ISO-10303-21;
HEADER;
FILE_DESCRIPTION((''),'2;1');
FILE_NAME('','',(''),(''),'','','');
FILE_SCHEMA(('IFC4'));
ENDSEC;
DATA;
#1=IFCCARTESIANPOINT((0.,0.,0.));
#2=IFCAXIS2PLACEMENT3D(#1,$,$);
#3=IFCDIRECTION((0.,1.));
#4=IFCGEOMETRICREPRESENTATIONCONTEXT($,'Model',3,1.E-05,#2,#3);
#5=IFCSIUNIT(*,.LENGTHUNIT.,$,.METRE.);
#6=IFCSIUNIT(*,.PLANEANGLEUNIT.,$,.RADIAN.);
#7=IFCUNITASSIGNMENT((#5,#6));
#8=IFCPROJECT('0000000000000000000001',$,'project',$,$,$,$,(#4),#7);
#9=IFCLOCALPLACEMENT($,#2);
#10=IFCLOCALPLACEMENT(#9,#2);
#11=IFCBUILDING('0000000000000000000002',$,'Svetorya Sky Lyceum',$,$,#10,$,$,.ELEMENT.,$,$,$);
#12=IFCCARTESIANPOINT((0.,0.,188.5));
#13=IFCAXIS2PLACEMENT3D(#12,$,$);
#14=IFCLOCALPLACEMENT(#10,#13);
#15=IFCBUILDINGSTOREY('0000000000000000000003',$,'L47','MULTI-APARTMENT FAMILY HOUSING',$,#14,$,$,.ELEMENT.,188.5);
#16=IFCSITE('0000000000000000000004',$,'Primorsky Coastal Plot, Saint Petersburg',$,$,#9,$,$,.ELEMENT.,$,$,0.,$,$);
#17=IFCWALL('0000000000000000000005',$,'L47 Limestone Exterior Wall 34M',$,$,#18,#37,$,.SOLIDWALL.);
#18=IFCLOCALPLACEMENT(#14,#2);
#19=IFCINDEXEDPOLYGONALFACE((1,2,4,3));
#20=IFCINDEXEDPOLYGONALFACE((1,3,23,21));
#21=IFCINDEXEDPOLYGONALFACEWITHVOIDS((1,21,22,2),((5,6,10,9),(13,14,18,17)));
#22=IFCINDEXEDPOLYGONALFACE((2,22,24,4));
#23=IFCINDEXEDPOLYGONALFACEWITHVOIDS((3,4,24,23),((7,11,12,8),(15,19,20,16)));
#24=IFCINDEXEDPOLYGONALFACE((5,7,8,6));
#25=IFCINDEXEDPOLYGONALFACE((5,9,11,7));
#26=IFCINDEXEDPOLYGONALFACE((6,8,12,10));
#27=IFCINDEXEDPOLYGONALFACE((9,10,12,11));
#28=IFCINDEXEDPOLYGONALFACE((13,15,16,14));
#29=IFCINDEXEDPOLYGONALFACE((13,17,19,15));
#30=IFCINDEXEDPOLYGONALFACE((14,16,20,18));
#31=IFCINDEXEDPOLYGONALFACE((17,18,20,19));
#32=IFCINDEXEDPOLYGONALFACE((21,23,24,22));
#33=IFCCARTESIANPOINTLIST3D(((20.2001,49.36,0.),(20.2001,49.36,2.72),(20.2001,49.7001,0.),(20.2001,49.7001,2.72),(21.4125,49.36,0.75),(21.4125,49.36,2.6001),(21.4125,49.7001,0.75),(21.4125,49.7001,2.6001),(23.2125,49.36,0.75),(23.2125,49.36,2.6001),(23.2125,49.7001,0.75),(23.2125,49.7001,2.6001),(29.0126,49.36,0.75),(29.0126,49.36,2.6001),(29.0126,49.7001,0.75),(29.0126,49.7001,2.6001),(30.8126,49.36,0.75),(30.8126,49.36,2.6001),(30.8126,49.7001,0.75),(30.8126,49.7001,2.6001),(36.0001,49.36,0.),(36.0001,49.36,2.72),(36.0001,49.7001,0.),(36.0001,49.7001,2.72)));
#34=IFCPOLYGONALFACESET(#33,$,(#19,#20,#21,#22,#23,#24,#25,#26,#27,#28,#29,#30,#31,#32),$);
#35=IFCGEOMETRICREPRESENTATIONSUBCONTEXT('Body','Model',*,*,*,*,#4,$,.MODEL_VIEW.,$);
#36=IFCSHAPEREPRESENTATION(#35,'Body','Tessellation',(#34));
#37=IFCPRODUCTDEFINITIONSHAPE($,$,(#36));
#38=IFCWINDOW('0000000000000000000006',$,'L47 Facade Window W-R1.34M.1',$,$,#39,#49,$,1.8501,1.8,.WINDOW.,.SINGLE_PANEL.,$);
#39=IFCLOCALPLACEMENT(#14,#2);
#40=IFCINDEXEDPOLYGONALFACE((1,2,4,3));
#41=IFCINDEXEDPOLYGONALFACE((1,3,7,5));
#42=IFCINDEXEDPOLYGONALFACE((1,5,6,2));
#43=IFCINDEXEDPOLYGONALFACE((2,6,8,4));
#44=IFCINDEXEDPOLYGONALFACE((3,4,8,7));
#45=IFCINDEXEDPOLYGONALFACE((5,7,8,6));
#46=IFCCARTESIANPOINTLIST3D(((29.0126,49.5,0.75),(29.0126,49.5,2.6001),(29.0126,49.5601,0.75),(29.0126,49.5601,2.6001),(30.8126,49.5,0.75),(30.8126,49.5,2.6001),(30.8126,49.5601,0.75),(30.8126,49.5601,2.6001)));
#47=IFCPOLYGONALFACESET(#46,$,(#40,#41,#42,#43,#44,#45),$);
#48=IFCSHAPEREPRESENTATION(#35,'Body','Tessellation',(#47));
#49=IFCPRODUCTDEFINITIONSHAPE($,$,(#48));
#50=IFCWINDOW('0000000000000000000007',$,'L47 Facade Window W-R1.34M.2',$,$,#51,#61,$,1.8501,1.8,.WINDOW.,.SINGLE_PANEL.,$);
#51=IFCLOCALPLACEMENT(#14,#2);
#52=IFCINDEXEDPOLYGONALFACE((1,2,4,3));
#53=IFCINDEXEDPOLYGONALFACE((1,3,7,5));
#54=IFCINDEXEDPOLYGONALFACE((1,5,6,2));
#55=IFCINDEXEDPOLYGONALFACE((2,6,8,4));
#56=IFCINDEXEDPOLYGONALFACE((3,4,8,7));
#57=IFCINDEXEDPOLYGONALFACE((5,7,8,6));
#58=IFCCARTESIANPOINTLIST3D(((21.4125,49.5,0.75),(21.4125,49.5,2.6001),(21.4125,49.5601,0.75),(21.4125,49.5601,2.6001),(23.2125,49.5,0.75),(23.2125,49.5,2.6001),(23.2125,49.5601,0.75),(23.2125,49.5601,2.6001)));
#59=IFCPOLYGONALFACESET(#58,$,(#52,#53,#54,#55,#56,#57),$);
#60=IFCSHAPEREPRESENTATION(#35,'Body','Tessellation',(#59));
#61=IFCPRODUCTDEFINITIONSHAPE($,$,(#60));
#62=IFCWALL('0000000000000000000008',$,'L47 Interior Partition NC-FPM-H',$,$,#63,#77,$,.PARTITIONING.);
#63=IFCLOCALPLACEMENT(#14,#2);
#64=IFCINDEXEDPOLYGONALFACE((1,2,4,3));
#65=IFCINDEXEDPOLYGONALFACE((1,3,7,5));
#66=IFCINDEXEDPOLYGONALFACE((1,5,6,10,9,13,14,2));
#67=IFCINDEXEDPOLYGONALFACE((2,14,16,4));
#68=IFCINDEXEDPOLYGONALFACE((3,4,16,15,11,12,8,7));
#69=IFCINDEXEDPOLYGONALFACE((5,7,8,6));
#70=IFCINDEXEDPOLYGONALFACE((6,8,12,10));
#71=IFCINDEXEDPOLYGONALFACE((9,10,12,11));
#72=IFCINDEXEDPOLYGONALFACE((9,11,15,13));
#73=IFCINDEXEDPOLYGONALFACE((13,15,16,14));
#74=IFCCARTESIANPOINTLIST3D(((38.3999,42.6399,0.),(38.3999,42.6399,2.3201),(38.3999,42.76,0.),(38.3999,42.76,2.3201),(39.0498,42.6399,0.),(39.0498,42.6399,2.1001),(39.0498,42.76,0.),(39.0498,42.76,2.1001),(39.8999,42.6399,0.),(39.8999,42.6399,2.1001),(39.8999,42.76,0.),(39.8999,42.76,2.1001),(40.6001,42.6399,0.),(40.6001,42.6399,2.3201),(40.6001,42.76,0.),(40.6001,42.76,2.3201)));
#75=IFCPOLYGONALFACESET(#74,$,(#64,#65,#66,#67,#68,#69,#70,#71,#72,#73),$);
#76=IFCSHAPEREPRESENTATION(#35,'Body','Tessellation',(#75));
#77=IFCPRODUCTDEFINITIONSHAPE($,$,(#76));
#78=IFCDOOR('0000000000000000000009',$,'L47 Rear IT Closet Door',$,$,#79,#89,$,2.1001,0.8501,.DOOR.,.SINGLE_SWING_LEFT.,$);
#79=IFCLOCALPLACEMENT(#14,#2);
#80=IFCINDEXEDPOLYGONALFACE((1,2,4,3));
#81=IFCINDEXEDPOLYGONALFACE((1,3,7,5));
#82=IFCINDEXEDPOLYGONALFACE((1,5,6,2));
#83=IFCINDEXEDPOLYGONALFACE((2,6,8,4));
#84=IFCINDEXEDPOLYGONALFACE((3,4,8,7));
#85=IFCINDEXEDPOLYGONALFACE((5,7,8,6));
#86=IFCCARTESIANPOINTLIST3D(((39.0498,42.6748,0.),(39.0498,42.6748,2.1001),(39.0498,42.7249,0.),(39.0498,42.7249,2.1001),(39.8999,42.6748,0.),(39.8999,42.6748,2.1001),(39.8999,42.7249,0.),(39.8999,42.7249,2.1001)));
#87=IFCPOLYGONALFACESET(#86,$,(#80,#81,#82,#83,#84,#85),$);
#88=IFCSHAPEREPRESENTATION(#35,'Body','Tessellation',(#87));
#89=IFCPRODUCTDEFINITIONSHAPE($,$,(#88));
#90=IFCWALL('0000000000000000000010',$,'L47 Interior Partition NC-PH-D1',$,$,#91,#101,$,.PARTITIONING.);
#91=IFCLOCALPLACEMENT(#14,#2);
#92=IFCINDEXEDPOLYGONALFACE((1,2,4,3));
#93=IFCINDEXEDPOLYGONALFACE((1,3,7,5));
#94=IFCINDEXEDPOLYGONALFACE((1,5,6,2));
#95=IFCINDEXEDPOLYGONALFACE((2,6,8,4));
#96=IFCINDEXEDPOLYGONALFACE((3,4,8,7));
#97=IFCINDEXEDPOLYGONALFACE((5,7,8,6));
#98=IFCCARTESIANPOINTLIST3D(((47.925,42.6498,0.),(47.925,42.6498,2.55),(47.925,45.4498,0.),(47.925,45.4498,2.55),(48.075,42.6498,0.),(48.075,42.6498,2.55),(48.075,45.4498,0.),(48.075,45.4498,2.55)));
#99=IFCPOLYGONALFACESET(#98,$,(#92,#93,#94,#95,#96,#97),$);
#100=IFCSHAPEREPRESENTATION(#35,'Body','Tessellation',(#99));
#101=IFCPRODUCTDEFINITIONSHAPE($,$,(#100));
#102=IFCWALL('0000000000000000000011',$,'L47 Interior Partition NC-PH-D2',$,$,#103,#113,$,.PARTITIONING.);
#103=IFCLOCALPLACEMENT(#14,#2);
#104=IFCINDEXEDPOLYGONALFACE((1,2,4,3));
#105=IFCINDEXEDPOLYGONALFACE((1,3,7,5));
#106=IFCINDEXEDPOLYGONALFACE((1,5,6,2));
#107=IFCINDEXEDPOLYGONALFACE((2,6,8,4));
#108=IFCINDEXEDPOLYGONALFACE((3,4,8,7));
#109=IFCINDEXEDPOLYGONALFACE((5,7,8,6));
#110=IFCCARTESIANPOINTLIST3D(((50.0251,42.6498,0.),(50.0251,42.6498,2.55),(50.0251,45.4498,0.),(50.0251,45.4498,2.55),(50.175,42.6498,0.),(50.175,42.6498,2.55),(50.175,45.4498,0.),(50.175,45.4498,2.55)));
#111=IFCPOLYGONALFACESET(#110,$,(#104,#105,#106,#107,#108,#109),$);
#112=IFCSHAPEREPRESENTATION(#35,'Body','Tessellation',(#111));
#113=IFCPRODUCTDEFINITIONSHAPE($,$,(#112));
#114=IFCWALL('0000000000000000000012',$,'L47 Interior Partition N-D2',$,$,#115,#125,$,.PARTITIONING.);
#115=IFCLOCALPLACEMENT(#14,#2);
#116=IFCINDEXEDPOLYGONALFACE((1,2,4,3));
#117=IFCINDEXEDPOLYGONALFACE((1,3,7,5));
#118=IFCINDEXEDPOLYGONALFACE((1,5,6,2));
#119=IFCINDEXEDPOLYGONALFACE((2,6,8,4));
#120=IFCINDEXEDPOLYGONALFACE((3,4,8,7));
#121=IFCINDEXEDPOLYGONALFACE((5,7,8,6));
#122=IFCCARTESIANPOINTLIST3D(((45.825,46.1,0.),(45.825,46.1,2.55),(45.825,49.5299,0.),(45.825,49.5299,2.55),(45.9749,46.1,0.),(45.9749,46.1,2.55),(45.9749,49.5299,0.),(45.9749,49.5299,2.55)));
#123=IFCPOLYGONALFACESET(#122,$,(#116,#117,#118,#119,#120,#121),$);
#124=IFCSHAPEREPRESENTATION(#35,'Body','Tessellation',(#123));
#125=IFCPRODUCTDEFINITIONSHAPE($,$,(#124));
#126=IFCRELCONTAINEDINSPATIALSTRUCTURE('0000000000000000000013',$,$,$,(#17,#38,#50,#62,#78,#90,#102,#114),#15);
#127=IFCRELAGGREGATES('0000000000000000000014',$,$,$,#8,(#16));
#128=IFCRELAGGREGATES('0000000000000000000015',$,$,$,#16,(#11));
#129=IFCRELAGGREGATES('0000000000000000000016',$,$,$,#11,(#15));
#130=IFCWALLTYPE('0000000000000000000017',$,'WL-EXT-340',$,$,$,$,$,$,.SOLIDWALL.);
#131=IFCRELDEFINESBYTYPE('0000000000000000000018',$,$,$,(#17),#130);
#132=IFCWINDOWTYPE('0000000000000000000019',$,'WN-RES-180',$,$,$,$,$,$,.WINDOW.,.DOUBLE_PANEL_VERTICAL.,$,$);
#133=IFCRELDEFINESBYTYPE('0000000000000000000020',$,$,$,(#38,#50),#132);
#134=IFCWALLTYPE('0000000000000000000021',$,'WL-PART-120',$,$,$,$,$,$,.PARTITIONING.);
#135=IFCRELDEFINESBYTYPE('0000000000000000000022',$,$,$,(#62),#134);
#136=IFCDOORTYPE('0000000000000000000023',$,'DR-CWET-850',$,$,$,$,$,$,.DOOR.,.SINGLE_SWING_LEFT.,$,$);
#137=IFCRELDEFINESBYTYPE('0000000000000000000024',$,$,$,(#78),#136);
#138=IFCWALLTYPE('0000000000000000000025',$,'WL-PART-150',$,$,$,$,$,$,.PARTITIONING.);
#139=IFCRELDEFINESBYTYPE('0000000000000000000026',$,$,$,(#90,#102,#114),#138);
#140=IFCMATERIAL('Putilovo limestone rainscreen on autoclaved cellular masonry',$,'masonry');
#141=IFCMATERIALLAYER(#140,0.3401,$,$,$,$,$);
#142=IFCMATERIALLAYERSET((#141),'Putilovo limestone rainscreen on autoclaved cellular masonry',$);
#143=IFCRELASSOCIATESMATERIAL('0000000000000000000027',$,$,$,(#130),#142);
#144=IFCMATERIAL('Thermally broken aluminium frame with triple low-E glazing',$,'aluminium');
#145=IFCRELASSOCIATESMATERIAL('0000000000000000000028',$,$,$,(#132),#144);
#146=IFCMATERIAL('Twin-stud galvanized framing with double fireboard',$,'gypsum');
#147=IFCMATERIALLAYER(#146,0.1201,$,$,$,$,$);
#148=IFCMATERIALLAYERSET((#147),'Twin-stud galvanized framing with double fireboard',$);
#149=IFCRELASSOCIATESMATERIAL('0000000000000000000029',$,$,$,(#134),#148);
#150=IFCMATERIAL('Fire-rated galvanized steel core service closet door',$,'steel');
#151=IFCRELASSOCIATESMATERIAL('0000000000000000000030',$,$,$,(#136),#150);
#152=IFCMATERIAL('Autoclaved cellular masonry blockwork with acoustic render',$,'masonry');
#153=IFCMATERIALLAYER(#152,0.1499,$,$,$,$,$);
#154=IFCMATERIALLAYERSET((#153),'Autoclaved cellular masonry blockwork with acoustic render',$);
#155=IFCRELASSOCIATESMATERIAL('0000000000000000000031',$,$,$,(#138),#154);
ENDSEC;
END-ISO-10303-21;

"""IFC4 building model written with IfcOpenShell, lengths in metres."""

from ifc_helpers import new_model, si_unit, direction, frame, frame_2d, origin, place, context, subcontext, project, spatial, rectangle, extrude, material, layer, layer_set, type_object, element, fill, save


model = new_model("IFC4")

# Units and contexts
model_context = context("Model", 3, precision=1e-05, world=origin(), true_north=direction((0.0, 1.0)))
body_context = subcontext(model_context, "Body", "Model", "MODEL_VIEW")
ifc_project = project(units=[si_unit("LENGTHUNIT", "METRE"), si_unit("PLANEANGLEUNIT", "RADIAN")], contexts=[model_context])

# Site, building, storey
site_placement = place(None, origin())
site = spatial("IfcSite", under=ifc_project, at=site_placement, Name="Primorsky Coastal Plot, Saint Petersburg", CompositionType="ELEMENT", RefElevation=0.0)
building_placement = place(site_placement, origin())
building = spatial("IfcBuilding", under=site, at=building_placement, Name="Svetorya Sky Lyceum", CompositionType="ELEMENT")
storey_placement = place(building_placement, frame((0.0, 0.0, 188.5)))
storey = spatial("IfcBuildingStorey", under=building, at=storey_placement, Name="L47", Description="MULTI-APARTMENT FAMILY HOUSING", CompositionType="ELEMENT", Elevation=188.5)

# Shared definitions
ifc_material_1 = material(Name="Putilovo limestone rainscreen on autoclaved cellular masonry", Category="masonry")
ifc_layer_1 = layer(ifc_material_1, 0.3401)
ifc_layer_set_1 = layer_set([ifc_layer_1], Name="Putilovo limestone rainscreen on autoclaved cellular masonry")
wall_type_1 = type_object("IfcWallType", Name="WL-EXT-340", PredefinedType="SOLIDWALL", material=ifc_layer_set_1)

# Wall, openings, windows
wall_1_placement = place(storey_placement, frame((36.0, 49.53, 0.0), z_axis=(0.0, 0.0, 1.0), x_axis=(-1.0, 0.0, 0.0)))
wall_1 = element("IfcWall", 1, at=wall_1_placement, inside=storey, type_object=wall_type_1, Name="L47 Limestone Exterior Wall 34M", PredefinedType="SOLIDWALL", context=body_context, shape_type="SweptSolid", body=[
    extrude(rectangle(XDim=15.8, YDim=0.3401, at=frame_2d((7.8999, 0.0))), origin(), (0.0, 0.0, 1.0), 2.72),
])
opening_1_placement = place(wall_1_placement, frame((5.1875, 0.0, 0.75)))
opening_1 = element("IfcOpeningElement", 2, at=opening_1_placement, cuts=wall_1, PredefinedType="OPENING", context=body_context, shape_type="SweptSolid", body=[
    extrude(rectangle(XDim=1.8, YDim=1.8501, at=frame_2d((0.8999, 0.925))), frame((0.0, 0.1799, 0.0), z_axis=(0.0, -1.0, 0.0), x_axis=(1.0, 0.0, 0.0)), (0.0, 0.0, 1.0), 0.3601),
])
opening_2_placement = place(wall_1_placement, frame((12.7876, 0.0, 0.75)))
opening_2 = element("IfcOpeningElement", 3, at=opening_2_placement, cuts=wall_1, PredefinedType="OPENING", context=body_context, shape_type="SweptSolid", body=[
    extrude(rectangle(XDim=1.8, YDim=1.8501, at=frame_2d((0.8999, 0.925))), frame((0.0, 0.1799, 0.0), z_axis=(0.0, -1.0, 0.0), x_axis=(1.0, 0.0, 0.0)), (0.0, 0.0, 1.0), 0.3601),
])
ifc_material_2 = material(Name="Thermally broken aluminium frame with triple low-E glazing", Category="aluminium")
window_type = type_object("IfcWindowType", Name="WN-RES-180", PartitioningType="DOUBLE_PANEL_VERTICAL", PredefinedType="WINDOW", material=ifc_material_2)
window_1_placement = place(opening_1_placement, origin())
window_1 = element("IfcWindow", 4, at=window_1_placement, inside=storey, type_object=window_type, Name="L47 Facade Window W-R1.34M.1", OverallHeight=1.8501, OverallWidth=1.8, PartitioningType="SINGLE_PANEL", PredefinedType="WINDOW", context=body_context, shape_type="SweptSolid", body=[
    extrude(rectangle(XDim=1.8, YDim=1.8501, at=frame_2d((0.8999, 0.925))), frame((0.0, 0.03, 0.0), z_axis=(0.0, -1.0, 0.0), x_axis=(1.0, 0.0, 0.0)), (0.0, 0.0, 1.0), 0.0601),
])
fill(opening_1, window_1)
window_2_placement = place(opening_2_placement, origin())
window_2 = element("IfcWindow", 5, at=window_2_placement, inside=storey, type_object=window_type, Name="L47 Facade Window W-R1.34M.2", OverallHeight=1.8501, OverallWidth=1.8, PartitioningType="SINGLE_PANEL", PredefinedType="WINDOW", context=body_context, shape_type="SweptSolid", body=[
    extrude(rectangle(XDim=1.8, YDim=1.8501, at=frame_2d((0.8999, 0.925))), frame((0.0, 0.03, 0.0), z_axis=(0.0, -1.0, 0.0), x_axis=(1.0, 0.0, 0.0)), (0.0, 0.0, 1.0), 0.0601),
])
fill(opening_2, window_2)

# Wall, opening, door
ifc_material_3 = material(Name="Twin-stud galvanized framing with double fireboard", Category="gypsum")
ifc_layer_2 = layer(ifc_material_3, 0.1201)
ifc_layer_set_2 = layer_set([ifc_layer_2], Name="Twin-stud galvanized framing with double fireboard")
wall_type_2 = type_object("IfcWallType", Name="WL-PART-120", PredefinedType="PARTITIONING", material=ifc_layer_set_2)
wall_2_placement = place(storey_placement, frame((38.3999, 42.7, 0.0), z_axis=(0.0, 0.0, 1.0), x_axis=(1.0, 0.0, 0.0)))
wall_2 = element("IfcWall", 6, at=wall_2_placement, inside=storey, type_object=wall_type_2, Name="L47 Interior Partition NC-FPM-H", PredefinedType="PARTITIONING", context=body_context, shape_type="SweptSolid", body=[
    extrude(rectangle(XDim=2.2002, YDim=0.1201, at=frame_2d((1.1001, 0.0))), origin(), (0.0, 0.0, 1.0), 2.3201),
])
opening_3_placement = place(wall_2_placement, frame((0.6499, 0.0, 0.0)))
opening_3 = element("IfcOpeningElement", 7, at=opening_3_placement, cuts=wall_2, PredefinedType="OPENING", context=body_context, shape_type="SweptSolid", body=[
    extrude(rectangle(XDim=0.8501, YDim=2.1001, at=frame_2d((0.425, 1.05))), frame((0.0, 0.0701, 0.0), z_axis=(0.0, -1.0, 0.0), x_axis=(1.0, 0.0, 0.0)), (0.0, 0.0, 1.0), 0.1401),
])
ifc_material_4 = material(Name="Fire-rated galvanized steel core service closet door", Category="steel")
door_type = type_object("IfcDoorType", Name="DR-CWET-850", OperationType="SINGLE_SWING_LEFT", PredefinedType="DOOR", material=ifc_material_4)
door_placement = place(opening_3_placement, origin())
door = element("IfcDoor", 8, at=door_placement, inside=storey, type_object=door_type, Name="L47 Rear IT Closet Door", OperationType="SINGLE_SWING_LEFT", OverallHeight=2.1001, OverallWidth=0.8501, PredefinedType="DOOR", context=body_context, shape_type="SweptSolid", body=[
    extrude(rectangle(XDim=0.8501, YDim=2.1001, at=frame_2d((0.425, 1.05))), frame((0.0, 0.0249, 0.0), z_axis=(0.0, -1.0, 0.0), x_axis=(1.0, 0.0, 0.0)), (0.0, 0.0, 1.0), 0.05),
])
fill(opening_3, door)

# Walls
ifc_material_5 = material(Name="Autoclaved cellular masonry blockwork with acoustic render", Category="masonry")
ifc_layer_3 = layer(ifc_material_5, 0.1499)
ifc_layer_set_3 = layer_set([ifc_layer_3], Name="Autoclaved cellular masonry blockwork with acoustic render")
wall_type_3 = type_object("IfcWallType", Name="WL-PART-150", PredefinedType="PARTITIONING", material=ifc_layer_set_3)
for number, where, z_axis, x_axis, name in (
    (9, (48.0, 42.6499, 0.0), (0.0, 0.0, 1.0), (0.0, 1.0, 0.0), "L47 Interior Partition NC-PH-D1"),
    (10, (50.1001, 42.6499, 0.0), (0.0, 0.0, 1.0), (0.0, 1.0, 0.0), "L47 Interior Partition NC-PH-D2"),
):
    element("IfcWall", number, at=place(storey_placement, frame(where, z_axis=z_axis, x_axis=x_axis)), inside=storey, type_object=wall_type_3, Name=name, PredefinedType="PARTITIONING", context=body_context, shape_type="SweptSolid", body=[
        extrude(rectangle(XDim=2.8, YDim=0.1499, at=frame_2d((1.3999, 0.0))), origin(), (0.0, 0.0, 1.0), 2.55),
    ])
wall_3_placement = place(storey_placement, frame((45.8999, 46.1001, 0.0), z_axis=(0.0, 0.0, 1.0), x_axis=(0.0, 1.0, 0.0)))
element("IfcWall", 11, at=wall_3_placement, inside=storey, type_object=wall_type_3, Name="L47 Interior Partition N-D2", PredefinedType="PARTITIONING", context=body_context, shape_type="SweptSolid", body=[
    extrude(rectangle(XDim=3.4299, YDim=0.1499, at=frame_2d((1.7148, 0.0))), origin(), (0.0, 0.0, 1.0), 2.55),
])

save(model, "model.ifc")
